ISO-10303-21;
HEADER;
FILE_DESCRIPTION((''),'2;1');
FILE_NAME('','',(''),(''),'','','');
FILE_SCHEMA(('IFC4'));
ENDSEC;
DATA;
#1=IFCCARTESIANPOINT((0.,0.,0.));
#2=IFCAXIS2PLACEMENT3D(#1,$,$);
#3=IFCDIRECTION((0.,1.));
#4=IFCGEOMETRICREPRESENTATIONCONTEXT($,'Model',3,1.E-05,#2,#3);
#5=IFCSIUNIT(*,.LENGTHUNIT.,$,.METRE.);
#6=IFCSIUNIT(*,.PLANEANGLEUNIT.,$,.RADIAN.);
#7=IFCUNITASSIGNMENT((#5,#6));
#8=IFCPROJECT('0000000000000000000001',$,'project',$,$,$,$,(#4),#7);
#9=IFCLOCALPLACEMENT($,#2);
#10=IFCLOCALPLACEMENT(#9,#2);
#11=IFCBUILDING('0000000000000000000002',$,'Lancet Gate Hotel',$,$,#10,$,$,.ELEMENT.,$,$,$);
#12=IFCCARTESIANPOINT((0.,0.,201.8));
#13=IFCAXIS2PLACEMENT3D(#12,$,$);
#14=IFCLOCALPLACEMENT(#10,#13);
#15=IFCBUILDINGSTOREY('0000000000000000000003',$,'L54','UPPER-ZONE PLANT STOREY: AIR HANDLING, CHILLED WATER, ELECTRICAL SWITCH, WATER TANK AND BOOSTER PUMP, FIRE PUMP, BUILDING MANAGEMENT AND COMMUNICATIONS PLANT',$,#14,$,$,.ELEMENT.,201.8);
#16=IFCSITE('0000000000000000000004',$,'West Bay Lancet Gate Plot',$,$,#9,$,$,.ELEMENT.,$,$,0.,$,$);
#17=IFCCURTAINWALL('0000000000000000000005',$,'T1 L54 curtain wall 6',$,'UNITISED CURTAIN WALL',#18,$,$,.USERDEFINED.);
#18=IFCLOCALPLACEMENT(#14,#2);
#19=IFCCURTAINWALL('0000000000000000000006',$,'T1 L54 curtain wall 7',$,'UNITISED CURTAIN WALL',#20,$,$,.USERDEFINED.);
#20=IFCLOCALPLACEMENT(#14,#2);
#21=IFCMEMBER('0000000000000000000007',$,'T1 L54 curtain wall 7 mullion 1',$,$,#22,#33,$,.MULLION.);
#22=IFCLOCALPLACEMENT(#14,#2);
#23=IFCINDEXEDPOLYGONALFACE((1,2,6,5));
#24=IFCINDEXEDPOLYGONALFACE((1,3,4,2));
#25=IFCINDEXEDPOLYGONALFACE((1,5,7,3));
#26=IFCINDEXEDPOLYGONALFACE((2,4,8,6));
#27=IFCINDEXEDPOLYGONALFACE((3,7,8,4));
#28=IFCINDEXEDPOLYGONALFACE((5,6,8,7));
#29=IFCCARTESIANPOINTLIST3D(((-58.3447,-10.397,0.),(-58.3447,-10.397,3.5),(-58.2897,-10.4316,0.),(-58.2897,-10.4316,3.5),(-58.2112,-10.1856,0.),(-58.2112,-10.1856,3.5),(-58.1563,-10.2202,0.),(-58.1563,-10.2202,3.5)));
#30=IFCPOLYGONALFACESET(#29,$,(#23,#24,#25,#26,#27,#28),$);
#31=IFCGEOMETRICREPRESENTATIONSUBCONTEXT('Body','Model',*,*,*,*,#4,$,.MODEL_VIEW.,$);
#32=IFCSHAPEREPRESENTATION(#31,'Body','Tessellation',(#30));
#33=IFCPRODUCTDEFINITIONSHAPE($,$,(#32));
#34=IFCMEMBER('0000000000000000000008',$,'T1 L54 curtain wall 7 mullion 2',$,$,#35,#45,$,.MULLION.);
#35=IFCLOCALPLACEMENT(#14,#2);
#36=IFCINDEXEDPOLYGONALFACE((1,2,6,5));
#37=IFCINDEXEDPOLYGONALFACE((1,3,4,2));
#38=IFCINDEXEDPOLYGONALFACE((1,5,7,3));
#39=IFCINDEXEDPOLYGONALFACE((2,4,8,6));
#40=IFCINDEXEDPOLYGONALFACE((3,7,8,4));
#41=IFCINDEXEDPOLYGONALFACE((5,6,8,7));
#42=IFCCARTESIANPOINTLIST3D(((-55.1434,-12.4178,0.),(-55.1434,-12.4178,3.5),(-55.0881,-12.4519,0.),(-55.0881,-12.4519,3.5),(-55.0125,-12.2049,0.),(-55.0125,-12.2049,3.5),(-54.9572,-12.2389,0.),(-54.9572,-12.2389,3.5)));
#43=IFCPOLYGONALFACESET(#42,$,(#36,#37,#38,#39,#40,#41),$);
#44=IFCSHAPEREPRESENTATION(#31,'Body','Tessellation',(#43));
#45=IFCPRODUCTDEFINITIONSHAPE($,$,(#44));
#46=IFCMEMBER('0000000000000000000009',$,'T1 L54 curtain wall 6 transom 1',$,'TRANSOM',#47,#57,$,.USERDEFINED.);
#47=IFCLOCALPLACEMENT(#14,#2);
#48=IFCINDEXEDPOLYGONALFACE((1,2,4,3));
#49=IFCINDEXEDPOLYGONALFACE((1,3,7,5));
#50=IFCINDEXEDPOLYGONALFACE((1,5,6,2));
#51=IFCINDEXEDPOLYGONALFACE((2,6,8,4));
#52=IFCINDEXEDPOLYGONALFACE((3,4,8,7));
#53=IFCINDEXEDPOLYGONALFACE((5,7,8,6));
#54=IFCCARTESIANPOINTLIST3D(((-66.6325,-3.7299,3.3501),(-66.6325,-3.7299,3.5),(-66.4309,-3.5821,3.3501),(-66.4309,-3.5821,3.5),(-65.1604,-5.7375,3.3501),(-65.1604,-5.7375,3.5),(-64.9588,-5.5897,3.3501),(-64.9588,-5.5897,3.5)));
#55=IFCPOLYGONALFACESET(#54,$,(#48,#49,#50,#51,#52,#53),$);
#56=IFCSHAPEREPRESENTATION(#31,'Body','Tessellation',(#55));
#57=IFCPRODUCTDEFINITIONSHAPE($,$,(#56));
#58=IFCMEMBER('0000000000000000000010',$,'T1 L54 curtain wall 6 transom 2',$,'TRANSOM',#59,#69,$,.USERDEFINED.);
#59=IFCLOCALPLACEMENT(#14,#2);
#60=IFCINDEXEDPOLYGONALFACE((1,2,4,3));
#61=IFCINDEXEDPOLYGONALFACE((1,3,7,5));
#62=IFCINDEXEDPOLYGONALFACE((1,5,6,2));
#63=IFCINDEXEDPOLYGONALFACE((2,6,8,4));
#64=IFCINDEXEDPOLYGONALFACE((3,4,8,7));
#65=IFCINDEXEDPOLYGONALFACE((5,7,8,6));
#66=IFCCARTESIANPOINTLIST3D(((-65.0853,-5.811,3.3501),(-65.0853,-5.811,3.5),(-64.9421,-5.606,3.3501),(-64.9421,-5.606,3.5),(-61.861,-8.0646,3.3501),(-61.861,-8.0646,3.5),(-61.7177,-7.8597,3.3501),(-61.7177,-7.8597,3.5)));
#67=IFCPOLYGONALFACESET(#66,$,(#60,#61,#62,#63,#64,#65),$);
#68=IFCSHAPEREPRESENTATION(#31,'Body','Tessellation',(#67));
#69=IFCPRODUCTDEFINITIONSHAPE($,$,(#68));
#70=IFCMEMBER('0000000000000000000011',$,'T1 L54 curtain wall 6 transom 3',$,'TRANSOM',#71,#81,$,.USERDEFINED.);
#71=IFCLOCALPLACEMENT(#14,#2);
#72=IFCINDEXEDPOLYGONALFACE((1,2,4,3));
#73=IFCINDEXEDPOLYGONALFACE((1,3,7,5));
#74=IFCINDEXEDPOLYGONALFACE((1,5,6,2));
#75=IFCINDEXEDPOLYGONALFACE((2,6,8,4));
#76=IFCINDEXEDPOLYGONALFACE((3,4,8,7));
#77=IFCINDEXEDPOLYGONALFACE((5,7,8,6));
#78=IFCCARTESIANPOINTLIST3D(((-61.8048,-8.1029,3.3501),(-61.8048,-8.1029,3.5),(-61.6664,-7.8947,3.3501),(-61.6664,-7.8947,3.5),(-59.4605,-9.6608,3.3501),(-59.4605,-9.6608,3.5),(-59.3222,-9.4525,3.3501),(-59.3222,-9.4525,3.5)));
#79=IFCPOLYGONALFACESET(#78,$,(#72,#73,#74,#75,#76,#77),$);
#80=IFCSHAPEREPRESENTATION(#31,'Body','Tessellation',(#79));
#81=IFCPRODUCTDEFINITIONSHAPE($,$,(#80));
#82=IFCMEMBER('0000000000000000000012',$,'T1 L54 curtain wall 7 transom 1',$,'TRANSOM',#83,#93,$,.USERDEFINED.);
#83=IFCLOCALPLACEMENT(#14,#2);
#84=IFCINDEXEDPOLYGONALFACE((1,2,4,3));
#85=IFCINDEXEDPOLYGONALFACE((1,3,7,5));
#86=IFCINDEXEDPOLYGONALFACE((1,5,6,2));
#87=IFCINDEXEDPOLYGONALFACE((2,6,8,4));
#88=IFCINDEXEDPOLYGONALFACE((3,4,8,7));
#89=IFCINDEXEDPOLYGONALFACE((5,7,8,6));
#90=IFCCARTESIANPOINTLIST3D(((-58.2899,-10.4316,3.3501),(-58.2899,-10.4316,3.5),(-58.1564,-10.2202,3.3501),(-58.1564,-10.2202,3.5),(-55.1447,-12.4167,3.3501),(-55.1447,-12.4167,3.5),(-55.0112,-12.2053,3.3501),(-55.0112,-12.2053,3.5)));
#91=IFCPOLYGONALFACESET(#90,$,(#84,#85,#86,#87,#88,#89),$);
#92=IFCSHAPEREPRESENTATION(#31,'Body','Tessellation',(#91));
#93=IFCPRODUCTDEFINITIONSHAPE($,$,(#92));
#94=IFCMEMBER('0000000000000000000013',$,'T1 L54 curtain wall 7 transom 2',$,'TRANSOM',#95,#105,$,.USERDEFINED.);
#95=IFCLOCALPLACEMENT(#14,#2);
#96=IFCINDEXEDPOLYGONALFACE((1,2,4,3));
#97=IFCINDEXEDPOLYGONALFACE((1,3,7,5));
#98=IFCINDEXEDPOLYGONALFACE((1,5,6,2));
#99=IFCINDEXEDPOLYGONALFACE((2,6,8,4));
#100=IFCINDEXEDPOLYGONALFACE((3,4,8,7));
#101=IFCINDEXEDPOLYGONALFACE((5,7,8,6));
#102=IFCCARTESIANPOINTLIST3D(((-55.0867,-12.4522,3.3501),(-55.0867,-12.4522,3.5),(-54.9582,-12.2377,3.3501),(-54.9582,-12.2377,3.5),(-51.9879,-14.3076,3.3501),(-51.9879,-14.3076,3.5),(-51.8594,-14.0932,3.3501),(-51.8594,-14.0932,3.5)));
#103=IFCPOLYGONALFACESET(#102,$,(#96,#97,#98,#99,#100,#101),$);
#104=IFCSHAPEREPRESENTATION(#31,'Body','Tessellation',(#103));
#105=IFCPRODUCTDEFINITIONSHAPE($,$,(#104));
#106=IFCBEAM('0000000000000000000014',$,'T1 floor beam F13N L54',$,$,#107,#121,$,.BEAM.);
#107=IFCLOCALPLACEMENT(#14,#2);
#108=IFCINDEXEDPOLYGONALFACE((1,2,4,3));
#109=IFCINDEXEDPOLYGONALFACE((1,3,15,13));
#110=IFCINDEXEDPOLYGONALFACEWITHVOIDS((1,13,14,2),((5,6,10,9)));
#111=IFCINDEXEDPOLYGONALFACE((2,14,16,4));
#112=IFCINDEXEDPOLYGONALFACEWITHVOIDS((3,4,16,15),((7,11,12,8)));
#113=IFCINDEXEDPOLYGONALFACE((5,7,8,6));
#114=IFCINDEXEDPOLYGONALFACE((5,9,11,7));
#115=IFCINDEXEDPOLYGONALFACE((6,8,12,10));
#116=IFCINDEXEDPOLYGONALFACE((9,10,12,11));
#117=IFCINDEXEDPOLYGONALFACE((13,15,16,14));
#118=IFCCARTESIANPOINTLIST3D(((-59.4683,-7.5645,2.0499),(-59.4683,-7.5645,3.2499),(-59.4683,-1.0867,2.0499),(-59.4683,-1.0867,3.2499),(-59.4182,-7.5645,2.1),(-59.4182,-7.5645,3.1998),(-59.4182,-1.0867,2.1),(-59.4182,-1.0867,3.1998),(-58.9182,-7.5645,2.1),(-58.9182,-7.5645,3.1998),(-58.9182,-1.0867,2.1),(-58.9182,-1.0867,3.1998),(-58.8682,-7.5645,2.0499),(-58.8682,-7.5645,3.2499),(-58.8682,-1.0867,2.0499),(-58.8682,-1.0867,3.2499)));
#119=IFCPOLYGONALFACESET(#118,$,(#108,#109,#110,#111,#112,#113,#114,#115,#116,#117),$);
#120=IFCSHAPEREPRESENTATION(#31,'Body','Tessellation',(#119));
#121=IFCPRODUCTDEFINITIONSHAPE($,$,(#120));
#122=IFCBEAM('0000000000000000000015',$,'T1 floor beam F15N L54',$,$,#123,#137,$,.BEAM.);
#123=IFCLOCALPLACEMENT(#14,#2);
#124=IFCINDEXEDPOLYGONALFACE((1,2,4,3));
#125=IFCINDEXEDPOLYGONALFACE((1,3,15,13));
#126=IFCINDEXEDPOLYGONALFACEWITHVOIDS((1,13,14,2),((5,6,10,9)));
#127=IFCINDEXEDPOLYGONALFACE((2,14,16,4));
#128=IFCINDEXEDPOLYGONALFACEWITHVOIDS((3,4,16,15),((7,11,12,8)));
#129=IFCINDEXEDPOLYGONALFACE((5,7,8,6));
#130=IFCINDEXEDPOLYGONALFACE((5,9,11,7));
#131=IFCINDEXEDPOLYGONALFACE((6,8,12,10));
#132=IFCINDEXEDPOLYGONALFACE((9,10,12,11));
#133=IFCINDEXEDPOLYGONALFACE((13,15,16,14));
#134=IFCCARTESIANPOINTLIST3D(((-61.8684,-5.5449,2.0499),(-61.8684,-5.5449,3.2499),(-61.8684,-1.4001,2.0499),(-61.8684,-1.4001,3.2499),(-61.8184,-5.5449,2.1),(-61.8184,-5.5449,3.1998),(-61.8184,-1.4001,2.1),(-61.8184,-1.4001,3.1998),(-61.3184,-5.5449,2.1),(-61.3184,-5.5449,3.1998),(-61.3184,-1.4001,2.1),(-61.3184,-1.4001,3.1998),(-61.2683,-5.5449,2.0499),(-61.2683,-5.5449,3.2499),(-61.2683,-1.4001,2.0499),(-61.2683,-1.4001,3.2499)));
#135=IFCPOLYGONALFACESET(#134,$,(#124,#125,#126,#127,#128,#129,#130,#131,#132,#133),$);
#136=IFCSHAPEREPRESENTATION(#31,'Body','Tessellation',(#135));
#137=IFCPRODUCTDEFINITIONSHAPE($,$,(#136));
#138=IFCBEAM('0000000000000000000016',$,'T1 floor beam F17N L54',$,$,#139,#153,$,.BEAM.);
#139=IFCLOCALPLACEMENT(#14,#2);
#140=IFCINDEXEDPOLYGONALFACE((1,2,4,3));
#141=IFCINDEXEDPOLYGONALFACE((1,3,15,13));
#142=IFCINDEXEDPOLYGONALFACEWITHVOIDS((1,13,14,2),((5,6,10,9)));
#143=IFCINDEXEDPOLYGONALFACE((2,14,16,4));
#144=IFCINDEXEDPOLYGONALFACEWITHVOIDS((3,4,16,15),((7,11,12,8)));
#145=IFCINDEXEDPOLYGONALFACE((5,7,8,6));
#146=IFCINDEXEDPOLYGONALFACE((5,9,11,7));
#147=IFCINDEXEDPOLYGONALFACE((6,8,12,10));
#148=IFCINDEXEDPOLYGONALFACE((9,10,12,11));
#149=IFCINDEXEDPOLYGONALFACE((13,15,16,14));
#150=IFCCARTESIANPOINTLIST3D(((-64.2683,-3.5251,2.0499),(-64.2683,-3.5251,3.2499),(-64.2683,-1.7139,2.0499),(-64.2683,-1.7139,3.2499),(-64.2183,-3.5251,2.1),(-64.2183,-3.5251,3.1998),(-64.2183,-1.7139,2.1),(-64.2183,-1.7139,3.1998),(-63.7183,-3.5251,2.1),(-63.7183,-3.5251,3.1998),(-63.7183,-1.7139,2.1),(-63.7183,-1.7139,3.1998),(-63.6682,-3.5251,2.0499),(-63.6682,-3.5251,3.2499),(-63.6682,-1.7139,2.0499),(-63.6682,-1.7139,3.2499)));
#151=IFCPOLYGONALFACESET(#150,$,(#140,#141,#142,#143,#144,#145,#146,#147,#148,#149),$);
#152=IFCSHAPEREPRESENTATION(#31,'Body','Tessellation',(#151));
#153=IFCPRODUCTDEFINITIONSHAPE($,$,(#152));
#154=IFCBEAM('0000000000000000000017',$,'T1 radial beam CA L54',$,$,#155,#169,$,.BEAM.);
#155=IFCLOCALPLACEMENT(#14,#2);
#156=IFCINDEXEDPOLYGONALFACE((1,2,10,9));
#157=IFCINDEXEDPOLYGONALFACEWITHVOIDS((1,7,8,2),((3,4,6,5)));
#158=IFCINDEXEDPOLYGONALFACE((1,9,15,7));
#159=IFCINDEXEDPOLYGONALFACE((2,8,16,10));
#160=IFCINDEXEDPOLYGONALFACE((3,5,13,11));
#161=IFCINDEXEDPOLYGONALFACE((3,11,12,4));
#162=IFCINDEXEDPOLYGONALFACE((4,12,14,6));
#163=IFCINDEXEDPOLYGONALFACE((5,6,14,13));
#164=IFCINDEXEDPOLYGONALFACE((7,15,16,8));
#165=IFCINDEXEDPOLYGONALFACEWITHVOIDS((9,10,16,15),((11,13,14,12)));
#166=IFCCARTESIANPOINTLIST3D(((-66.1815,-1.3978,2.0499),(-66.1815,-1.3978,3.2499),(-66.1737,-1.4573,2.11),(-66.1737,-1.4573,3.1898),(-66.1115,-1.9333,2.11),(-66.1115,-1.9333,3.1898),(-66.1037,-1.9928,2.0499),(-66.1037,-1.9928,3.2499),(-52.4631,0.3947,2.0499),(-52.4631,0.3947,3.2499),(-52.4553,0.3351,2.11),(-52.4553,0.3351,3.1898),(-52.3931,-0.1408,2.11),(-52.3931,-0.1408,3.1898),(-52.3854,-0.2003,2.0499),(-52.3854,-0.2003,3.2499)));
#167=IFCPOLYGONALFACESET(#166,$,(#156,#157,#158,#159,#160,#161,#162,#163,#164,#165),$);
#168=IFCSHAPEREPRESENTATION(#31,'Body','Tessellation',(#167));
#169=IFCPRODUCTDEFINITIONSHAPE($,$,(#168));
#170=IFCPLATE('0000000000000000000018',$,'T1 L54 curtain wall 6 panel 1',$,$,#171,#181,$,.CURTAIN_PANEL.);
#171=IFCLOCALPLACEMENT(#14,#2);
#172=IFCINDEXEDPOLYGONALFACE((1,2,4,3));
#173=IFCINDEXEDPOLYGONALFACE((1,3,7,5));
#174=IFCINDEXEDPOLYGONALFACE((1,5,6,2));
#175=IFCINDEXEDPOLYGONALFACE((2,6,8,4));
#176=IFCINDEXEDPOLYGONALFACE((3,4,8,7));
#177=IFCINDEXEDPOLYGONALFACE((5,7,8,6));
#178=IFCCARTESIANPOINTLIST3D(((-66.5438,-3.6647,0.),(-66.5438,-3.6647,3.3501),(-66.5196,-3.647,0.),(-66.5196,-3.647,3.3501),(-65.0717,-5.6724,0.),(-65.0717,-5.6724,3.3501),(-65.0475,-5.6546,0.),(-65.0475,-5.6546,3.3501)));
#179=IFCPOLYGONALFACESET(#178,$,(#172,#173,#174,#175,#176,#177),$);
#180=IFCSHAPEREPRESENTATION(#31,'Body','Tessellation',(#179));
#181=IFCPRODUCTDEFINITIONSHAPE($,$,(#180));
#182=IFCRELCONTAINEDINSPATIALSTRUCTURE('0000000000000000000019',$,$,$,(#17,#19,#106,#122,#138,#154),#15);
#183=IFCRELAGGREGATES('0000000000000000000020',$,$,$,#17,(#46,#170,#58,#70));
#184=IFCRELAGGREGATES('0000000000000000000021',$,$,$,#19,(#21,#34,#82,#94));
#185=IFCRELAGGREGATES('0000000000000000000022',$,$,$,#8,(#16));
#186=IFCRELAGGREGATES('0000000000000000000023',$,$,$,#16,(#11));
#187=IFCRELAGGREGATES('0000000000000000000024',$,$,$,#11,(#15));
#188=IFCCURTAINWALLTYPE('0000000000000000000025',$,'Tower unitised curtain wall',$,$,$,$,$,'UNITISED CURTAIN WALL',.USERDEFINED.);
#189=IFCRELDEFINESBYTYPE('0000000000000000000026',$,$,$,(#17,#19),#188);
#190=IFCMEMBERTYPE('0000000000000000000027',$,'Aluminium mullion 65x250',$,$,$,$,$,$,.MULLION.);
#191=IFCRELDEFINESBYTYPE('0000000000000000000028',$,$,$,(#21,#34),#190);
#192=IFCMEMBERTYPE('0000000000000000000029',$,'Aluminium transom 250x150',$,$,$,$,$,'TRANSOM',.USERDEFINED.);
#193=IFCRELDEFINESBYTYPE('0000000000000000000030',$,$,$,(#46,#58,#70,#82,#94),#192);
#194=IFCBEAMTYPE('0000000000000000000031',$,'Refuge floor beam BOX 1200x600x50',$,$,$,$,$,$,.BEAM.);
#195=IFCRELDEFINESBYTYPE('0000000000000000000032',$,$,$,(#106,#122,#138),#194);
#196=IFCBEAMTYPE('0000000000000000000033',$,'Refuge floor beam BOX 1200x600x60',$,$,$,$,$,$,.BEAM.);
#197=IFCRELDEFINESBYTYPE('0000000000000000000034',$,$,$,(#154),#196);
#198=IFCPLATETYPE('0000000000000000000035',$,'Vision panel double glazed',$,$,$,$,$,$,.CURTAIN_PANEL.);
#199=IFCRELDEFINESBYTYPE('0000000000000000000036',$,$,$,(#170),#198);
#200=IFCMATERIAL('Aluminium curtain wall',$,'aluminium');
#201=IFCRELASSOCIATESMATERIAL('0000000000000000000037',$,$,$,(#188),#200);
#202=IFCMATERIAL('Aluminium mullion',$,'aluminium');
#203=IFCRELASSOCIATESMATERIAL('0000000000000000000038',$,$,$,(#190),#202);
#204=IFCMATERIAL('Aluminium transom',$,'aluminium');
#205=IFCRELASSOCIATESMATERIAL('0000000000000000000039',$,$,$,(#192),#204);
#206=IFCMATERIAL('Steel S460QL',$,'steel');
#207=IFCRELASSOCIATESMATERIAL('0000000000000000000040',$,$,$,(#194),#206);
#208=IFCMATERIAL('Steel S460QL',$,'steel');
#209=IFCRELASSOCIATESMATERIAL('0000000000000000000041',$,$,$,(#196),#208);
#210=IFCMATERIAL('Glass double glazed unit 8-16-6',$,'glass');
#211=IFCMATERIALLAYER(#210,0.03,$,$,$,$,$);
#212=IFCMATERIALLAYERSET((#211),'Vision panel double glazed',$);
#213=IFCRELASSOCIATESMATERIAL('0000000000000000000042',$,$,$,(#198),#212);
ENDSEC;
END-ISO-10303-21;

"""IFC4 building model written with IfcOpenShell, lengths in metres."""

from ifc_helpers import new_model, si_unit, direction, frame, origin, origin_2d, place, context, subcontext, project, spatial, rectangle, hollow_rectangle, extrude, material, layer, layer_set, material_profile, profile_set, type_object, element, aggregate, save


model = new_model("IFC4")

# Units and contexts
model_context = context("Model", 3, precision=1e-05, world=origin(), true_north=direction((0.0, 1.0)))
body_context = subcontext(model_context, "Body", "Model", "MODEL_VIEW")
ifc_project = project(units=[si_unit("LENGTHUNIT", "METRE"), si_unit("PLANEANGLEUNIT", "RADIAN")], contexts=[model_context])

# Site, building, storey
site_placement = place(None, origin())
site = spatial("IfcSite", under=ifc_project, at=site_placement, Name="West Bay Lancet Gate Plot", CompositionType="ELEMENT", RefElevation=0.0)
building_placement = place(site_placement, origin())
building = spatial("IfcBuilding", under=site, at=building_placement, Name="Lancet Gate Hotel", CompositionType="ELEMENT")
storey_placement = place(building_placement, frame((0.0, 0.0, 201.8)))
storey = spatial("IfcBuildingStorey", under=building, at=storey_placement, Name="L54", Description="UPPER-ZONE PLANT STOREY: AIR HANDLING, CHILLED WATER, ELECTRICAL SWITCH, WATER TANK AND BOOSTER PUMP, FIRE PUMP, BUILDING MANAGEMENT AND COMMUNICATIONS PLANT", CompositionType="ELEMENT", Elevation=201.8)

# Curtain walls, members
ifc_material_1 = material(Name="Aluminium curtain wall", Category="aluminium")
curtain_wall_type = type_object("IfcCurtainWallType", Name="Tower unitised curtain wall", ElementType="UNITISED CURTAIN WALL", PredefinedType="USERDEFINED", material=ifc_material_1)
curtain_wall_1_placement = place(storey_placement, origin())
curtain_wall_1 = element("IfcCurtainWall", 1, at=curtain_wall_1_placement, inside=storey, type_object=curtain_wall_type, Name="T1 L54 curtain wall 6", ObjectType="UNITISED CURTAIN WALL", PredefinedType="USERDEFINED")
ifc_material_2 = material(Name="Aluminium mullion", Category="aluminium")
ifc_material_profile_1 = material_profile(ifc_material_2, rectangle(XDim=0.0649, YDim=0.25, at=origin_2d()), Name="MULLION 65x250")
ifc_profile_set_1 = profile_set([ifc_material_profile_1], Name="Aluminium mullion")
member_type_1 = type_object("IfcMemberType", Name="Aluminium mullion 65x250", PredefinedType="MULLION", material=ifc_profile_set_1)
curtain_wall_2_placement = place(storey_placement, origin())
curtain_wall_2 = element("IfcCurtainWall", 2, at=curtain_wall_2_placement, inside=storey, type_object=curtain_wall_type, Name="T1 L54 curtain wall 7", ObjectType="UNITISED CURTAIN WALL", PredefinedType="USERDEFINED")
member_1_placement = place(storey_placement, frame((-58.2505, -10.3086, 0.0), z_axis=(0.0, 0.0, 1.0), x_axis=(0.845667, -0.533711, 0.0)))
member_1 = element("IfcMember", 3, at=member_1_placement, type_object=member_type_1, Name="T1 L54 curtain wall 7 mullion 1", PredefinedType="MULLION", context=body_context, shape_type="SweptSolid", body=[
    extrude(rectangle(XDim=0.0649, YDim=0.25, at=origin_2d()), origin(), (0.0, 0.0, 1.0), 3.5),
])
member_2_placement = place(storey_placement, frame((-55.0503, -12.3284, 0.0), z_axis=(0.0, 0.0, 1.0), x_axis=(0.851797, -0.523872, 0.0)))
member_2 = element("IfcMember", 4, at=member_2_placement, type_object=member_type_1, Name="T1 L54 curtain wall 7 mullion 2", PredefinedType="MULLION", context=body_context, shape_type="SweptSolid", body=[
    extrude(rectangle(XDim=0.0649, YDim=0.25, at=origin_2d()), origin(), (0.0, 0.0, 1.0), 3.5),
])

# Members
ifc_material_3 = material(Name="Aluminium transom", Category="aluminium")
ifc_material_profile_2 = material_profile(ifc_material_3, rectangle(XDim=0.25, YDim=0.1499, at=origin_2d()), Name="TRANSOM 250x150")
ifc_profile_set_2 = profile_set([ifc_material_profile_2], Name="Aluminium transom")
member_type_2 = type_object("IfcMemberType", Name="Aluminium transom 250x150", ElementType="TRANSOM", PredefinedType="USERDEFINED", material=ifc_profile_set_2)
member_3_placement = place(storey_placement, frame((-66.5317, -3.656, 3.425), z_axis=(0.591351, -0.806414, 0.0), x_axis=(0.806414, 0.591351, 0.0)))
member_3 = element("IfcMember", 5, at=member_3_placement, type_object=member_type_2, Name="T1 L54 curtain wall 6 transom 1", ObjectType="TRANSOM", PredefinedType="USERDEFINED", context=body_context, shape_type="SweptSolid", body=[
    extrude(rectangle(XDim=0.25, YDim=0.1499, at=origin_2d()), origin(), (0.0, 0.0, 1.0), 2.4895),
])
member_4_placement = place(storey_placement, frame((-65.0137, -5.7085, 3.425), z_axis=(0.819637, -0.572883, 0.0), x_axis=(0.572883, 0.819637, 0.0)))
member_4 = element("IfcMember", 6, at=member_4_placement, type_object=member_type_2, Name="T1 L54 curtain wall 6 transom 2", ObjectType="TRANSOM", PredefinedType="USERDEFINED", context=body_context, shape_type="SweptSolid", body=[
    extrude(rectangle(XDim=0.25, YDim=0.1499, at=origin_2d()), origin(), (0.0, 0.0, 1.0), 3.9338),
])
member_5_placement = place(storey_placement, frame((-61.7356, -7.9988, 3.425), z_axis=(0.832863, -0.553479, 0.0), x_axis=(0.553479, 0.832863, 0.0)))
member_5 = element("IfcMember", 7, at=member_5_placement, type_object=member_type_2, Name="T1 L54 curtain wall 6 transom 3", ObjectType="TRANSOM", PredefinedType="USERDEFINED", context=body_context, shape_type="SweptSolid", body=[
    extrude(rectangle(XDim=0.25, YDim=0.1499, at=origin_2d()), origin(), (0.0, 0.0, 1.0), 2.8147),
])
member_6_placement = place(storey_placement, frame((-58.2231, -10.3259, 3.425), z_axis=(0.845656, -0.533729, 0.0), x_axis=(0.533729, 0.845656, 0.0)))
member_6 = element("IfcMember", 8, at=member_6_placement, type_object=member_type_2, Name="T1 L54 curtain wall 7 transom 1", ObjectType="TRANSOM", PredefinedType="USERDEFINED", context=body_context, shape_type="SweptSolid", body=[
    extrude(rectangle(XDim=0.25, YDim=0.1499, at=origin_2d()), origin(), (0.0, 0.0, 1.0), 3.7192),
])
member_7_placement = place(storey_placement, frame((-55.0225, -12.345, 3.425), z_axis=(0.857964, -0.51371, 0.0), x_axis=(0.51371, 0.857964, 0.0)))
member_7 = element("IfcMember", 9, at=member_7_placement, type_object=member_type_2, Name="T1 L54 curtain wall 7 transom 2", ObjectType="TRANSOM", PredefinedType="USERDEFINED", context=body_context, shape_type="SweptSolid", body=[
    extrude(rectangle(XDim=0.25, YDim=0.1499, at=origin_2d()), origin(), (0.0, 0.0, 1.0), 3.6118),
])

# Beams
ifc_material_4 = material(Name="Steel S460QL", Category="steel")
ifc_material_profile_3 = material_profile(ifc_material_4, hollow_rectangle(XDim=0.6001, YDim=1.2, WallThickness=0.05, at=origin_2d()), Name="BOX 1200x600x50")
ifc_profile_set_3 = profile_set([ifc_material_profile_3], Name="Steel S460QL")
beam_type_1 = type_object("IfcBeamType", Name="Refuge floor beam BOX 1200x600x50", PredefinedType="BEAM", material=ifc_profile_set_3)
beam_1_placement = place(storey_placement, frame((-59.1682, -1.0867, 2.6499), z_axis=(0.0, -1.0, 0.0), x_axis=(1.0, 0.0, 0.0)))
element("IfcBeam", 10, at=beam_1_placement, inside=storey, type_object=beam_type_1, Name="T1 floor beam F13N L54", PredefinedType="BEAM", context=body_context, shape_type="SweptSolid", body=[
    extrude(hollow_rectangle(XDim=0.6001, YDim=1.2, WallThickness=0.05, at=origin_2d()), origin(), (0.0, 0.0, 1.0), 6.4778),
])
beam_2_placement = place(storey_placement, frame((-61.5684, -1.4001, 2.6499), z_axis=(0.0, -1.0, 0.0), x_axis=(1.0, 0.0, 0.0)))
element("IfcBeam", 11, at=beam_2_placement, inside=storey, type_object=beam_type_1, Name="T1 floor beam F15N L54", PredefinedType="BEAM", context=body_context, shape_type="SweptSolid", body=[
    extrude(hollow_rectangle(XDim=0.6001, YDim=1.2, WallThickness=0.05, at=origin_2d()), origin(), (0.0, 0.0, 1.0), 4.1448),
])
beam_3_placement = place(storey_placement, frame((-63.9683, -1.7139, 2.6499), z_axis=(0.0, -1.0, 0.0), x_axis=(1.0, 0.0, 0.0)))
element("IfcBeam", 12, at=beam_3_placement, inside=storey, type_object=beam_type_1, Name="T1 floor beam F17N L54", PredefinedType="BEAM", context=body_context, shape_type="SweptSolid", body=[
    extrude(hollow_rectangle(XDim=0.6001, YDim=1.2, WallThickness=0.05, at=origin_2d()), origin(), (0.0, 0.0, 1.0), 1.8113),
])
ifc_material_5 = material(Name="Steel S460QL", Category="steel")
ifc_material_profile_4 = material_profile(ifc_material_5, hollow_rectangle(XDim=0.6001, YDim=1.2, WallThickness=0.0601, at=origin_2d()), Name="BOX 1200x600x60")
ifc_profile_set_4 = profile_set([ifc_material_profile_4], Name="Steel S460QL")
beam_type_2 = type_object("IfcBeamType", Name="Refuge floor beam BOX 1200x600x60", PredefinedType="BEAM", material=ifc_profile_set_4)
beam_4_placement = place(storey_placement, frame((-66.1426, -1.6953, 2.6499), z_axis=(0.991571, 0.129562, 0.0), x_axis=(-0.129562, 0.991571, 0.0)))
element("IfcBeam", 13, at=beam_4_placement, inside=storey, type_object=beam_type_2, Name="T1 radial beam CA L54", PredefinedType="BEAM", context=body_context, shape_type="SweptSolid", body=[
    extrude(hollow_rectangle(XDim=0.6001, YDim=1.2, WallThickness=0.0601, at=origin_2d()), origin(), (0.0, 0.0, 1.0), 13.835),
])

# Plate
ifc_material_6 = material(Name="Glass double glazed unit 8-16-6", Category="glass")
ifc_layer_1 = layer(ifc_material_6, 0.03)
ifc_layer_set_1 = layer_set([ifc_layer_1], Name="Vision panel double glazed")
plate_type = type_object("IfcPlateType", Name="Vision panel double glazed", PredefinedType="CURTAIN_PANEL", material=ifc_layer_set_1)
plate_1_placement = place(storey_placement, frame((-65.7957, -4.6597, 0.0), z_axis=(0.0, 0.0, 1.0), x_axis=(0.5913, -0.806452, 0.0)))
plate_1 = element("IfcPlate", 14, at=plate_1_placement, type_object=plate_type, Name="T1 L54 curtain wall 6 panel 1", PredefinedType="CURTAIN_PANEL", context=body_context, shape_type="SweptSolid", body=[
    extrude(rectangle(XDim=2.4895, YDim=0.03, at=origin_2d()), origin(), (0.0, 0.0, 1.0), 3.3501),
])
aggregate(curtain_wall_1, [member_3, plate_1, member_4, member_5])
aggregate(curtain_wall_2, [member_1, member_2, member_6, member_7])

save(model, "model.ifc")
